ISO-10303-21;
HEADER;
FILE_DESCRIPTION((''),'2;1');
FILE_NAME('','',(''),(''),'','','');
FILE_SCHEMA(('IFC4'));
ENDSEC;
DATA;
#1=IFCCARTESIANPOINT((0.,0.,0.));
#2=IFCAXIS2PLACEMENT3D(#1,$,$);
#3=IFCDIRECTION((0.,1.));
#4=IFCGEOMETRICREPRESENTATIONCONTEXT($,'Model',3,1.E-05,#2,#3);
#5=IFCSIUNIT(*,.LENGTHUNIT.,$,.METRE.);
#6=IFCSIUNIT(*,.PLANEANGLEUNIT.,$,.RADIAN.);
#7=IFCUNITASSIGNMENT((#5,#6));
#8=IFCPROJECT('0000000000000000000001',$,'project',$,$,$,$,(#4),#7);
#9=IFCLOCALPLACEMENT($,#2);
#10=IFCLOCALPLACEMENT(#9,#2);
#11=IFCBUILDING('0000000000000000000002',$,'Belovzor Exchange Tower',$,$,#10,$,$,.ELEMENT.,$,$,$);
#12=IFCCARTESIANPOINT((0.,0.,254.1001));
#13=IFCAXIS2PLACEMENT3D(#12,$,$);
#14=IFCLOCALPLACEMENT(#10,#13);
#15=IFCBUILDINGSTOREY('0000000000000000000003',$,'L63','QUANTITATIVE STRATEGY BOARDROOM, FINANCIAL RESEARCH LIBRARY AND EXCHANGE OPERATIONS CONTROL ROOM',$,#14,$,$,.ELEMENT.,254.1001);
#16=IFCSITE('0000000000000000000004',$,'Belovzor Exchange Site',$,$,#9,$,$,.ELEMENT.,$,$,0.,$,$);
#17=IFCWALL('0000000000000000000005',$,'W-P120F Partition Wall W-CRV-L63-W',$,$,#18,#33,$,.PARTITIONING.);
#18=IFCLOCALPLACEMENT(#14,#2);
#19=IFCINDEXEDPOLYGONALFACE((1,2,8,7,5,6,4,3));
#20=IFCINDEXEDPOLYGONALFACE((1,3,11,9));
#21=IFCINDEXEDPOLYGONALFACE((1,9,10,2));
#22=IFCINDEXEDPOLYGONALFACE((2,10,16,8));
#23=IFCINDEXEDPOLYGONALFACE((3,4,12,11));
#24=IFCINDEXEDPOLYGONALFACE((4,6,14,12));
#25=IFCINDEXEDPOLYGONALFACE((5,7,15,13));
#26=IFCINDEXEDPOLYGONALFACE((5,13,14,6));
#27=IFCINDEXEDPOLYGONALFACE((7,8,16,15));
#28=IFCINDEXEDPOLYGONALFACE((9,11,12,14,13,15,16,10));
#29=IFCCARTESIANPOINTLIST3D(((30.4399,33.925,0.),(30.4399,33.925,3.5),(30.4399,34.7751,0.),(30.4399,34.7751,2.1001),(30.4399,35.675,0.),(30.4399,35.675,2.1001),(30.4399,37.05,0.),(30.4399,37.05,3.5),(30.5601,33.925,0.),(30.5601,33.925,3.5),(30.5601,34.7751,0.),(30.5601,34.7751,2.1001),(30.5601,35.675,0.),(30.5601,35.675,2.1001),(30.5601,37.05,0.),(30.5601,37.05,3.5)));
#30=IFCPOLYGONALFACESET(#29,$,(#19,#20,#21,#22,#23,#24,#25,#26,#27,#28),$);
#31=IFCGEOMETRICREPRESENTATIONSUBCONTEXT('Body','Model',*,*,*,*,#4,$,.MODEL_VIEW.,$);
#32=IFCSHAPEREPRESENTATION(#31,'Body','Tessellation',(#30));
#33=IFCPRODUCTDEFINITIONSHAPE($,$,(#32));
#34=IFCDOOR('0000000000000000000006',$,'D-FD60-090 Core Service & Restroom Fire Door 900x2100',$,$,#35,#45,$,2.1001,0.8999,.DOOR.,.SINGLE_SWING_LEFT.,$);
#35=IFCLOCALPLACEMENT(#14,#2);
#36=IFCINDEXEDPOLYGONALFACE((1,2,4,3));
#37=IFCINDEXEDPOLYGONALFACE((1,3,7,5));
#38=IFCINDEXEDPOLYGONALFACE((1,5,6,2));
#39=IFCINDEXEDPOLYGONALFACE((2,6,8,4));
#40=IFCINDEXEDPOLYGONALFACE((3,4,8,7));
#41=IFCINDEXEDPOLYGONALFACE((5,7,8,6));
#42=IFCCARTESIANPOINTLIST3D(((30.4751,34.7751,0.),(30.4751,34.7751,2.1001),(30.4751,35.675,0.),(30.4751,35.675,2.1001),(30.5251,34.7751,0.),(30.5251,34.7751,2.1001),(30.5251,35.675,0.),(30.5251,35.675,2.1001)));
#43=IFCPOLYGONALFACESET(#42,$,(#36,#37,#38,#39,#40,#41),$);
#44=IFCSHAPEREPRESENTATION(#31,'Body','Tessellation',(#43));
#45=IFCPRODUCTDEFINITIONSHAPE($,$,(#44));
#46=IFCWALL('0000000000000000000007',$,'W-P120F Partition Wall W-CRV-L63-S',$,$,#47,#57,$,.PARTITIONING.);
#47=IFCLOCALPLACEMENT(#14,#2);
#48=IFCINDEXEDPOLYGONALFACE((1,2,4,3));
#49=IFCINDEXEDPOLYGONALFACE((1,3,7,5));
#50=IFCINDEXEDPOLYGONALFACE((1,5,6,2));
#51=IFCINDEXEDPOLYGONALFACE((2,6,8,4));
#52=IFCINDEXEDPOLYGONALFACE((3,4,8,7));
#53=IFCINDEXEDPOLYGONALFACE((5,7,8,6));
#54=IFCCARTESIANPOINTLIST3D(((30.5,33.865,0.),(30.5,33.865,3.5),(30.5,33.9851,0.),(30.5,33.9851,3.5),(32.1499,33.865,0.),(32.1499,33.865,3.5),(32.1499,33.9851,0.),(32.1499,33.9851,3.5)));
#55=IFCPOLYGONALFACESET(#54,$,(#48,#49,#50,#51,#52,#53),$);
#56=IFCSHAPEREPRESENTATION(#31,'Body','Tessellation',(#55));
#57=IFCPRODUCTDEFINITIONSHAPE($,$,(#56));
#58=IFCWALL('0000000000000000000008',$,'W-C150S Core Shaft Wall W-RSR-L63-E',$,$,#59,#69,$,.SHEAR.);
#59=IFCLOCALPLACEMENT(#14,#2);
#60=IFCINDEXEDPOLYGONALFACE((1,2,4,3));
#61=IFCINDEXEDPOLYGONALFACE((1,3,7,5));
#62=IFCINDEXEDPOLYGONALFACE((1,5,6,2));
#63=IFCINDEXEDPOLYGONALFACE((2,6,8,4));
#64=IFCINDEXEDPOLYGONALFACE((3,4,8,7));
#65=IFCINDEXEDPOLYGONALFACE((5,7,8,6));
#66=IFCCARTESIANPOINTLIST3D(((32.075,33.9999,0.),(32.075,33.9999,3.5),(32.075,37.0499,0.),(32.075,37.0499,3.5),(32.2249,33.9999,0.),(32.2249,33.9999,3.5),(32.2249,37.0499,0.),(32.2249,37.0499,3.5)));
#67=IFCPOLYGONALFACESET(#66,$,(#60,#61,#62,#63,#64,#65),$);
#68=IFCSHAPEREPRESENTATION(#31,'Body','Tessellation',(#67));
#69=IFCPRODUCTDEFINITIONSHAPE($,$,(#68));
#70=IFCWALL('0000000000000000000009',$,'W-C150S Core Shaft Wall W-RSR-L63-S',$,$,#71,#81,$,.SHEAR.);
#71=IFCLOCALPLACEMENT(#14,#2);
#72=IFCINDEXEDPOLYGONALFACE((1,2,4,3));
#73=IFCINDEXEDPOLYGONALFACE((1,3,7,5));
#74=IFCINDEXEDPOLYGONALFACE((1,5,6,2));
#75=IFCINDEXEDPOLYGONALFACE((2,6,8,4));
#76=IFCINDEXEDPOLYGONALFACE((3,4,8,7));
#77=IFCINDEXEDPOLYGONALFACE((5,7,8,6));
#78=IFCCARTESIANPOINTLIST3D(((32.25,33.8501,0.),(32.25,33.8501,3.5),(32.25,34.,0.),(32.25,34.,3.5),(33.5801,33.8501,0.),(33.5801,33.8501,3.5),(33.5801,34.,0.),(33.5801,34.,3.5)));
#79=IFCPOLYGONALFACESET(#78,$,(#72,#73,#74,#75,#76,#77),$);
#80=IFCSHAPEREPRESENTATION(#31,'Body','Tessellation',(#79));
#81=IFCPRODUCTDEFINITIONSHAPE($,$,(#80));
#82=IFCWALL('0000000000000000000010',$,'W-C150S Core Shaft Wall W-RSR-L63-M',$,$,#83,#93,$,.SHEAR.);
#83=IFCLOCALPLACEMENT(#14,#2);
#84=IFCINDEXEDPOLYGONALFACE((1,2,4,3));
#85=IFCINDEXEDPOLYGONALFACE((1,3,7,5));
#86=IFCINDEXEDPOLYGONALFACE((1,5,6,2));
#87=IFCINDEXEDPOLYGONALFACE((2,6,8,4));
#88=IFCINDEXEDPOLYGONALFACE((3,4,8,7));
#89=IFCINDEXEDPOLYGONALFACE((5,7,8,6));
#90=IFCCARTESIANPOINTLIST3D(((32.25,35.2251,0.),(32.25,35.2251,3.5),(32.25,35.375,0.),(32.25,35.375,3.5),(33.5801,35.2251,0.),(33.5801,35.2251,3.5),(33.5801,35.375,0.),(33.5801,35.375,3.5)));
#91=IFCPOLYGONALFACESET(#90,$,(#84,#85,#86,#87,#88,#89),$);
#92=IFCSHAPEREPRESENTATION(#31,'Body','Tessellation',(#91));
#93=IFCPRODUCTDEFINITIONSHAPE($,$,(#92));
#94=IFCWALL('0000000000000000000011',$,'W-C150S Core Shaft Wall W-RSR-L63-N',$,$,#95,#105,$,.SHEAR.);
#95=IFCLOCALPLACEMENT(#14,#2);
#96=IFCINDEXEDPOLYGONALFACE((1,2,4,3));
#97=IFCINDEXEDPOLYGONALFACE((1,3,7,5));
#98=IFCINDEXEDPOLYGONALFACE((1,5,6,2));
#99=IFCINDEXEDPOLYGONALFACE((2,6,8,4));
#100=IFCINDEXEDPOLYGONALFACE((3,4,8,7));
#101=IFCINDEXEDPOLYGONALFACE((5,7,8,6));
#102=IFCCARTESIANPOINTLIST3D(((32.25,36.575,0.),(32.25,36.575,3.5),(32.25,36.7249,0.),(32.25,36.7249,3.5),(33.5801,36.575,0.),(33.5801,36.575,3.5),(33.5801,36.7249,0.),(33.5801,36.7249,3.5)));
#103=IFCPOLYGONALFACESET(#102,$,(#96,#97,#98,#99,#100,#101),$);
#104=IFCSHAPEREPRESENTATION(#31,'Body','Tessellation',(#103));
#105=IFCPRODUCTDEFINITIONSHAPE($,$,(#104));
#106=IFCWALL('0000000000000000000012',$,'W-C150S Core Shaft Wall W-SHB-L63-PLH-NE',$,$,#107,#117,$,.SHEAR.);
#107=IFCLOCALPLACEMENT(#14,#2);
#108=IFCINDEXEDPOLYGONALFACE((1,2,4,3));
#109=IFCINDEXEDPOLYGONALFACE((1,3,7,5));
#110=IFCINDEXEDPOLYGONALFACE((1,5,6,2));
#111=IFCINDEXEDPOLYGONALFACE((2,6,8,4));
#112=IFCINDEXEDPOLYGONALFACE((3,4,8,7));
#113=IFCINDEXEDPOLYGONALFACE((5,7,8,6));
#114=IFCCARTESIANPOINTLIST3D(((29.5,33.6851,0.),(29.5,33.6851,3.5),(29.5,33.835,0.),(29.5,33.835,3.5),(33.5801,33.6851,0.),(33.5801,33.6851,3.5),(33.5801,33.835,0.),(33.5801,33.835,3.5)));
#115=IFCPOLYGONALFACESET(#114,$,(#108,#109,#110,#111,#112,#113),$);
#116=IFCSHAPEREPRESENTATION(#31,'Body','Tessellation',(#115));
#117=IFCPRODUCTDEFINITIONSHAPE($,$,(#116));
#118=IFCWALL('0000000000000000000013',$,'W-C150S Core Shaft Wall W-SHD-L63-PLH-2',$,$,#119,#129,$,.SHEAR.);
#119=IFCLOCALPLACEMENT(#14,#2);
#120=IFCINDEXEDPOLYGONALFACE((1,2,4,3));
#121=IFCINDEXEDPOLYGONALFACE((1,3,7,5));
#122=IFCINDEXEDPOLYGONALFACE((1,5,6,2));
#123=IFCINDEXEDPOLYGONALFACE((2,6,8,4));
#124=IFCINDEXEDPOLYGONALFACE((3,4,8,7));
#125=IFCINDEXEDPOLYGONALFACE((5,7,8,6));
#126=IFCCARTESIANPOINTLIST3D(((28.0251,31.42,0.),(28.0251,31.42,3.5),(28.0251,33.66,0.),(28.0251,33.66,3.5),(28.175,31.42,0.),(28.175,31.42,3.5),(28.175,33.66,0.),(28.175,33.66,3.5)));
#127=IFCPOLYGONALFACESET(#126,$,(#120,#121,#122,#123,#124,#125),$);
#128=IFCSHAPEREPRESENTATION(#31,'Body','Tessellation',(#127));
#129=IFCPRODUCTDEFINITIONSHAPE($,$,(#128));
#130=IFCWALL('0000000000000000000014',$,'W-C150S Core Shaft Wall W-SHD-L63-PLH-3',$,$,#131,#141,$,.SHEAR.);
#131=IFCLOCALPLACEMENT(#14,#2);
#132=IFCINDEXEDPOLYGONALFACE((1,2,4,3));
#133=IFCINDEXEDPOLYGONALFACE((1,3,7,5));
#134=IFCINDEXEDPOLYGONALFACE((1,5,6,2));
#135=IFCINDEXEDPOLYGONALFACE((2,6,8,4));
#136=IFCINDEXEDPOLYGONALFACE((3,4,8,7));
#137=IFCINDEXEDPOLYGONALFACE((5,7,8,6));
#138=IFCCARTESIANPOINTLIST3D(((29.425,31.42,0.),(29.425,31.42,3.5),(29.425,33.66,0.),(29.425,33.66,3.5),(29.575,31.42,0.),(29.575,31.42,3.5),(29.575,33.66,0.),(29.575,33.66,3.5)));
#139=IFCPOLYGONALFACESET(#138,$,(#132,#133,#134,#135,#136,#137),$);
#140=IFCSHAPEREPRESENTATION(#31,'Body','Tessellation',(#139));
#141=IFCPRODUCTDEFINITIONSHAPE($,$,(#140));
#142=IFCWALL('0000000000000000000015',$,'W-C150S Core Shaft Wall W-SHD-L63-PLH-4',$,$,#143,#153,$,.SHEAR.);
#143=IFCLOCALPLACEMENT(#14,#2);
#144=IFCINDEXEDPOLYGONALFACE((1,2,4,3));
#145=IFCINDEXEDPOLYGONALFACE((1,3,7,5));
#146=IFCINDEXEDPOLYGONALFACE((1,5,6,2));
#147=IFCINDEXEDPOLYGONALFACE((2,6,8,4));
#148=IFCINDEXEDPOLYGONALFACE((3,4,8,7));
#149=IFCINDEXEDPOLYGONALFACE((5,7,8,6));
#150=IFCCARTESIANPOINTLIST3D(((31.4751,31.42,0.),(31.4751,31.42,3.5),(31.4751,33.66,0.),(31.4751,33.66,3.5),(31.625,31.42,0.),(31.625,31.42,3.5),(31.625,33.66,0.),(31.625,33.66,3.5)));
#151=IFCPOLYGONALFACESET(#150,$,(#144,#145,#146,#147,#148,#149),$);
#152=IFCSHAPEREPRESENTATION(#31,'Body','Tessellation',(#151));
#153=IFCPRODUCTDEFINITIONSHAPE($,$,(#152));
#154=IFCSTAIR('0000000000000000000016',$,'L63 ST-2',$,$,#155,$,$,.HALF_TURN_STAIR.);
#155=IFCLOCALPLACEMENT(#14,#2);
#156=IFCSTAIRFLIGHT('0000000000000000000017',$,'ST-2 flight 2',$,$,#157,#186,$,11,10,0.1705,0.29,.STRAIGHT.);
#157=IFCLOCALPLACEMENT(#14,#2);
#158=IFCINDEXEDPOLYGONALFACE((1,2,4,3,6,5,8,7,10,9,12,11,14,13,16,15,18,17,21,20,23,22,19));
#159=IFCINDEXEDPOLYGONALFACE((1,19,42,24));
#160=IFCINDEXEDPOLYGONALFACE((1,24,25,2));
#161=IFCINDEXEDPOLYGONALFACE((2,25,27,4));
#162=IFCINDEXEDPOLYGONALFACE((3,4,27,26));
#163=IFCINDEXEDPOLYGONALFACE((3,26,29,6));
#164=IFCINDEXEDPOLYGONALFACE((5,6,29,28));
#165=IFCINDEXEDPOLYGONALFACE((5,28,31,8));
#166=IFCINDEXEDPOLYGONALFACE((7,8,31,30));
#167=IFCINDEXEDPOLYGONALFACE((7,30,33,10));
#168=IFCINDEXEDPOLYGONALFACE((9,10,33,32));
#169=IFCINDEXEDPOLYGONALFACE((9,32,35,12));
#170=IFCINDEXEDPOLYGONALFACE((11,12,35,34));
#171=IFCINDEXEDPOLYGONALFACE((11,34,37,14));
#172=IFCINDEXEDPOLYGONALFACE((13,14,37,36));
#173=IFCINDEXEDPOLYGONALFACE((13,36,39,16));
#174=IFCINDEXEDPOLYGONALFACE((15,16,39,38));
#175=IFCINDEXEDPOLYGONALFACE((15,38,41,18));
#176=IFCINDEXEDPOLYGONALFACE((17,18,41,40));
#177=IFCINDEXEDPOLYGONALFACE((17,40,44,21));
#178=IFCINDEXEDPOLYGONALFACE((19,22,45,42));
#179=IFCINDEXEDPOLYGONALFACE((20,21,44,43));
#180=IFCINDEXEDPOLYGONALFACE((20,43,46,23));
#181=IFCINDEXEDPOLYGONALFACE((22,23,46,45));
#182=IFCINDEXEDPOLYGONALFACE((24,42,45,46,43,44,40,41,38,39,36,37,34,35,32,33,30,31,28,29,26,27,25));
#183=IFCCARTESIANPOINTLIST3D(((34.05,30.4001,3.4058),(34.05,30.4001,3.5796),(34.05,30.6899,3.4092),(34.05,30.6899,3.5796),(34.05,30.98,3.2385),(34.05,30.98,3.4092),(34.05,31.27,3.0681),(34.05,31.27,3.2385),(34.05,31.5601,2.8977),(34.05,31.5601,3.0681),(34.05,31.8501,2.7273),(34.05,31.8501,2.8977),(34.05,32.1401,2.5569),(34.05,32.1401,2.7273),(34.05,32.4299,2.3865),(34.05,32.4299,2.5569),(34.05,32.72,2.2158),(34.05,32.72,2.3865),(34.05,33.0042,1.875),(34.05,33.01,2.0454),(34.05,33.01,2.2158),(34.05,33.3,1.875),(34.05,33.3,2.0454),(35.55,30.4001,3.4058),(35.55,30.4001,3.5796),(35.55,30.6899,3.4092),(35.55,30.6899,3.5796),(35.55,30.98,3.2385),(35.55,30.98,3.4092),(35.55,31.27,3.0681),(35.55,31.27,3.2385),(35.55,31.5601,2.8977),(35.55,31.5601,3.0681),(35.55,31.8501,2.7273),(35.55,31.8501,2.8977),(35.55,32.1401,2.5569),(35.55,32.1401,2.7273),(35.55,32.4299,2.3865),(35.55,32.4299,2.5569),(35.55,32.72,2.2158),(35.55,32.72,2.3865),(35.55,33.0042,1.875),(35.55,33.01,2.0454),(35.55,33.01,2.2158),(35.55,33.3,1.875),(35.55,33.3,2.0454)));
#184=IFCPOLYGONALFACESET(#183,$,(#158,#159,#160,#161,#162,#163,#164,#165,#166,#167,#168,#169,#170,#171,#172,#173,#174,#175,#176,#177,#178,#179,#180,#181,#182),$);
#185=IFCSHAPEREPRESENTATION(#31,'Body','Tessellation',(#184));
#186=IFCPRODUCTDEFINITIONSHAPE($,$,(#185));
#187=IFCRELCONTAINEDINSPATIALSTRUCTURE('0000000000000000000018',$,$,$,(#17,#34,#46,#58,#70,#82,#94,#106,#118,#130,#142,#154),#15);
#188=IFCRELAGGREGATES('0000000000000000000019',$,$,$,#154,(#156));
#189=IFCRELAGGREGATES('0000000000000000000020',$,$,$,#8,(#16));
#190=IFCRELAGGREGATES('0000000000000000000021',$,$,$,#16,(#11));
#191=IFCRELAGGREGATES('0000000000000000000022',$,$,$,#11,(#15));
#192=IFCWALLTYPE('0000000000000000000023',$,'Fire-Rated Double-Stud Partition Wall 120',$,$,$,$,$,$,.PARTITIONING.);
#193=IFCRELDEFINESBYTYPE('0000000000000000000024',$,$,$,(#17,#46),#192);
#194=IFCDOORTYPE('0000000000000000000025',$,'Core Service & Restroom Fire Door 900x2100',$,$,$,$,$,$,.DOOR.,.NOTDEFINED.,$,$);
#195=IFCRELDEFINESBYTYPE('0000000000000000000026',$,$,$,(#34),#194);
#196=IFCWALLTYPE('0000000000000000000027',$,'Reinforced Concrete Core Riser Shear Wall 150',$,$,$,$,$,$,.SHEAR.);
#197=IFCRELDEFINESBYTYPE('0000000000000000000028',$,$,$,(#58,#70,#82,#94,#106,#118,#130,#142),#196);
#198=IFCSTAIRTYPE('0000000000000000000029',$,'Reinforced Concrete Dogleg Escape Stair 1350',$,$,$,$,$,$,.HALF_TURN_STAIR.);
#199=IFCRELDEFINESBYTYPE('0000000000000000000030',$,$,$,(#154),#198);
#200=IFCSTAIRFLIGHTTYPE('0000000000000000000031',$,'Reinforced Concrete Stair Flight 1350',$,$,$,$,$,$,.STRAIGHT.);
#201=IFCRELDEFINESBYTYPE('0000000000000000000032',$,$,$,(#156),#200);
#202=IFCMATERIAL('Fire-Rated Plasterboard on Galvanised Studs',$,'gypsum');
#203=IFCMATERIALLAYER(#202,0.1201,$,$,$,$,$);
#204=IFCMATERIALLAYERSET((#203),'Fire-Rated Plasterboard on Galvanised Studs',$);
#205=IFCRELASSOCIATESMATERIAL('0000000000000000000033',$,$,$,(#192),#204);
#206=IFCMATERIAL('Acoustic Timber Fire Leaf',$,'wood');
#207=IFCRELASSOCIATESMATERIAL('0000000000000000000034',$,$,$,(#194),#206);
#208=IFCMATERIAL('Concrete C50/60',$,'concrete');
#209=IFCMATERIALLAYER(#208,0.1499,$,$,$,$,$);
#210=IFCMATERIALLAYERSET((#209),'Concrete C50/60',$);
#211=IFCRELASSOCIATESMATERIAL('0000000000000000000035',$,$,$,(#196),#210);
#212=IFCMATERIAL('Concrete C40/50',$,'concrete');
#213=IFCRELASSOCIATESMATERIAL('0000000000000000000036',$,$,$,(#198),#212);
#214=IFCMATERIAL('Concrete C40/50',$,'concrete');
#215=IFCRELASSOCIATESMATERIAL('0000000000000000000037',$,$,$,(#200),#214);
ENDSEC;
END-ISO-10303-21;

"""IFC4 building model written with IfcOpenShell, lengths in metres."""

from ifc_helpers import new_model, si_unit, direction, frame, frame_2d, origin, place, context, subcontext, project, spatial, polyline, rectangle, outline, extrude, material, layer, layer_set, type_object, element, fill, aggregate, save


model = new_model("IFC4")

# Units and contexts
model_context = context("Model", 3, precision=1e-05, world=origin(), true_north=direction((0.0, 1.0)))
body_context = subcontext(model_context, "Body", "Model", "MODEL_VIEW")
ifc_project = project(units=[si_unit("LENGTHUNIT", "METRE"), si_unit("PLANEANGLEUNIT", "RADIAN")], contexts=[model_context])

# Site, building, storey
site_placement = place(None, origin())
site = spatial("IfcSite", under=ifc_project, at=site_placement, Name="Belovzor Exchange Site", CompositionType="ELEMENT", RefElevation=0.0)
building_placement = place(site_placement, origin())
building = spatial("IfcBuilding", under=site, at=building_placement, Name="Belovzor Exchange Tower", CompositionType="ELEMENT")
storey_placement = place(building_placement, frame((0.0, 0.0, 254.1001)))
storey = spatial("IfcBuildingStorey", under=building, at=storey_placement, Name="L63", Description="QUANTITATIVE STRATEGY BOARDROOM, FINANCIAL RESEARCH LIBRARY AND EXCHANGE OPERATIONS CONTROL ROOM", CompositionType="ELEMENT", Elevation=254.1001)

# Wall, opening, door
ifc_material_1 = material(Name="Fire-Rated Plasterboard on Galvanised Studs", Category="gypsum")
ifc_layer_1 = layer(ifc_material_1, 0.1201)
ifc_layer_set_1 = layer_set([ifc_layer_1], Name="Fire-Rated Plasterboard on Galvanised Studs")
wall_type_1 = type_object("IfcWallType", Name="Fire-Rated Double-Stud Partition Wall 120", PredefinedType="PARTITIONING", material=ifc_layer_set_1)
wall_1_placement = place(storey_placement, frame((30.5, 33.925, 0.0), z_axis=(0.0, 0.0, 1.0), x_axis=(0.0, 1.0, 0.0)))
wall_1 = element("IfcWall", 1, at=wall_1_placement, inside=storey, type_object=wall_type_1, Name="W-P120F Partition Wall W-CRV-L63-W", PredefinedType="PARTITIONING", context=body_context, shape_type="SweptSolid", body=[
    extrude(rectangle(XDim=3.125, YDim=0.1201, at=frame_2d((1.5625, 0.0))), origin(), (0.0, 0.0, 1.0), 3.5),
])
opening_1_placement = place(wall_1_placement, frame((0.8501, 0.0, 0.0)))
opening_1 = element("IfcOpeningElement", 2, at=opening_1_placement, cuts=wall_1, PredefinedType="OPENING", context=body_context, shape_type="SweptSolid", body=[
    extrude(rectangle(XDim=0.8999, YDim=2.1001, at=frame_2d((0.45, 1.05))), frame((0.0, 0.0701, 0.0), z_axis=(0.0, -1.0, 0.0), x_axis=(1.0, 0.0, 0.0)), (0.0, 0.0, 1.0), 0.1401),
])
ifc_material_2 = material(Name="Acoustic Timber Fire Leaf", Category="wood")
door_type_1 = type_object("IfcDoorType", Name="Core Service & Restroom Fire Door 900x2100", OperationType="NOTDEFINED", PredefinedType="DOOR", material=ifc_material_2)
door_1_placement = place(opening_1_placement, origin())
door_1 = element("IfcDoor", 3, at=door_1_placement, inside=storey, type_object=door_type_1, Name="D-FD60-090 Core Service & Restroom Fire Door 900x2100", OperationType="SINGLE_SWING_LEFT", OverallHeight=2.1001, OverallWidth=0.8999, PredefinedType="DOOR", context=body_context, shape_type="SweptSolid", body=[
    extrude(rectangle(XDim=0.8999, YDim=2.1001, at=frame_2d((0.45, 1.05))), frame((0.0, 0.0249, 0.0), z_axis=(0.0, -1.0, 0.0), x_axis=(1.0, 0.0, 0.0)), (0.0, 0.0, 1.0), 0.05),
])
fill(opening_1, door_1)

# Walls
wall_2_placement = place(storey_placement, frame((30.5, 33.925, 0.0), z_axis=(0.0, 0.0, 1.0), x_axis=(1.0, 0.0, 0.0)))
element("IfcWall", 4, at=wall_2_placement, inside=storey, type_object=wall_type_1, Name="W-P120F Partition Wall W-CRV-L63-S", PredefinedType="PARTITIONING", context=body_context, shape_type="SweptSolid", body=[
    extrude(rectangle(XDim=1.6499, YDim=0.1201, at=frame_2d((0.825, 0.0))), origin(), (0.0, 0.0, 1.0), 3.5),
])
ifc_material_3 = material(Name="Concrete C50/60", Category="concrete")
ifc_layer_2 = layer(ifc_material_3, 0.1499)
ifc_layer_set_2 = layer_set([ifc_layer_2], Name="Concrete C50/60")
wall_type_2 = type_object("IfcWallType", Name="Reinforced Concrete Core Riser Shear Wall 150", PredefinedType="SHEAR", material=ifc_layer_set_2)
wall_3_placement = place(storey_placement, frame((32.1499, 34.0, 0.0), z_axis=(0.0, 0.0, 1.0), x_axis=(0.0, 1.0, 0.0)))
element("IfcWall", 5, at=wall_3_placement, inside=storey, type_object=wall_type_2, Name="W-C150S Core Shaft Wall W-RSR-L63-E", PredefinedType="SHEAR", context=body_context, shape_type="SweptSolid", body=[
    extrude(rectangle(XDim=3.05, YDim=0.1499, at=frame_2d((1.5249, 0.0))), origin(), (0.0, 0.0, 1.0), 3.5),
])
for number, where, z_axis, x_axis, name in (
    (6, (32.25, 33.925, 0.0), (0.0, 0.0, 1.0), (1.0, 0.0, 0.0), "W-C150S Core Shaft Wall W-RSR-L63-S"),
    (7, (32.25, 35.3, 0.0), (0.0, 0.0, 1.0), (1.0, 0.0, 0.0), "W-C150S Core Shaft Wall W-RSR-L63-M"),
    (8, (32.25, 36.6499, 0.0), (0.0, 0.0, 1.0), (1.0, 0.0, 0.0), "W-C150S Core Shaft Wall W-RSR-L63-N"),
):
    element("IfcWall", number, at=place(storey_placement, frame(where, z_axis=z_axis, x_axis=x_axis)), inside=storey, type_object=wall_type_2, Name=name, PredefinedType="SHEAR", context=body_context, shape_type="SweptSolid", body=[
        extrude(rectangle(XDim=1.3301, YDim=0.1499, at=frame_2d((0.665, 0.0))), origin(), (0.0, 0.0, 1.0), 3.5),
    ])
wall_4_placement = place(storey_placement, frame((29.5, 33.76, 0.0), z_axis=(0.0, 0.0, 1.0), x_axis=(1.0, 0.0, 0.0)))
element("IfcWall", 9, at=wall_4_placement, inside=storey, type_object=wall_type_2, Name="W-C150S Core Shaft Wall W-SHB-L63-PLH-NE", PredefinedType="SHEAR", context=body_context, shape_type="SweptSolid", body=[
    extrude(rectangle(XDim=4.0801, YDim=0.1499, at=frame_2d((2.04, 0.0))), origin(), (0.0, 0.0, 1.0), 3.5),
])
for number, where, z_axis, x_axis, name in (
    (10, (28.1001, 31.4199, 0.0), (0.0, 0.0, 1.0), (0.0, 1.0, 0.0), "W-C150S Core Shaft Wall W-SHD-L63-PLH-2"),
    (11, (29.5, 31.4199, 0.0), (0.0, 0.0, 1.0), (0.0, 1.0, 0.0), "W-C150S Core Shaft Wall W-SHD-L63-PLH-3"),
    (12, (31.55, 31.4199, 0.0), (0.0, 0.0, 1.0), (0.0, 1.0, 0.0), "W-C150S Core Shaft Wall W-SHD-L63-PLH-4"),
):
    element("IfcWall", number, at=place(storey_placement, frame(where, z_axis=z_axis, x_axis=x_axis)), inside=storey, type_object=wall_type_2, Name=name, PredefinedType="SHEAR", context=body_context, shape_type="SweptSolid", body=[
        extrude(rectangle(XDim=2.24, YDim=0.1499, at=frame_2d((1.1201, 0.0))), origin(), (0.0, 0.0, 1.0), 3.5),
    ])

# Stair, stair flight
ifc_material_4 = material(Name="Concrete C40/50", Category="concrete")
stair_type = type_object("IfcStairType", Name="Reinforced Concrete Dogleg Escape Stair 1350", PredefinedType="HALF_TURN_STAIR", material=ifc_material_4)
stair_placement = place(storey_placement, origin())
stair = element("IfcStair", 13, at=stair_placement, inside=storey, type_object=stair_type, Name="L63 ST-2", PredefinedType="HALF_TURN_STAIR")
ifc_material_5 = material(Name="Concrete C40/50", Category="concrete")
stair_flight_type = type_object("IfcStairFlightType", Name="Reinforced Concrete Stair Flight 1350", PredefinedType="STRAIGHT", material=ifc_material_5)
stair_flight_placement = place(storey_placement, frame((34.8, 33.3, 1.875), z_axis=(0.0, 0.0, 1.0), x_axis=(0.0, -1.0, 0.0)))
stair_flight = element("IfcStairFlight", 14, at=stair_flight_placement, type_object=stair_flight_type, Name="ST-2 flight 2", NumberOfRisers=11, NumberOfTreads=10, PredefinedType="STRAIGHT", RiserHeight=0.1705, TreadLength=0.29, context=body_context, shape_type="SweptSolid", body=[
    extrude(outline(polyline([(0.0, 0.0), (0.0, 0.1704), (0.29, 0.1704), (0.29, 0.3408), (0.5801, 0.3408), (0.5801, 0.5115), (0.8701, 0.5115), (0.8701, 0.6819), (1.1599, 0.6819), (1.1599, 0.8523), (1.45, 0.8523), (1.45, 1.0227), (1.74, 1.0227), (1.74, 1.1931), (2.03, 1.1931), (2.03, 1.3635), (2.3201, 1.3635), (2.3201, 1.5342), (2.6101, 1.5342), (2.6101, 1.7046), (2.8999, 1.7046), (2.8999, 1.875), (2.8999, 1.5308), (0.2959, 0.0), (0.0, 0.0)])), frame((0.0, 0.75, 0.0), z_axis=(0.0, -1.0, 0.0), x_axis=(1.0, 0.0, 0.0)), (0.0, 0.0, 1.0), 1.5),
])
aggregate(stair, [stair_flight])

save(model, "model.ifc")
